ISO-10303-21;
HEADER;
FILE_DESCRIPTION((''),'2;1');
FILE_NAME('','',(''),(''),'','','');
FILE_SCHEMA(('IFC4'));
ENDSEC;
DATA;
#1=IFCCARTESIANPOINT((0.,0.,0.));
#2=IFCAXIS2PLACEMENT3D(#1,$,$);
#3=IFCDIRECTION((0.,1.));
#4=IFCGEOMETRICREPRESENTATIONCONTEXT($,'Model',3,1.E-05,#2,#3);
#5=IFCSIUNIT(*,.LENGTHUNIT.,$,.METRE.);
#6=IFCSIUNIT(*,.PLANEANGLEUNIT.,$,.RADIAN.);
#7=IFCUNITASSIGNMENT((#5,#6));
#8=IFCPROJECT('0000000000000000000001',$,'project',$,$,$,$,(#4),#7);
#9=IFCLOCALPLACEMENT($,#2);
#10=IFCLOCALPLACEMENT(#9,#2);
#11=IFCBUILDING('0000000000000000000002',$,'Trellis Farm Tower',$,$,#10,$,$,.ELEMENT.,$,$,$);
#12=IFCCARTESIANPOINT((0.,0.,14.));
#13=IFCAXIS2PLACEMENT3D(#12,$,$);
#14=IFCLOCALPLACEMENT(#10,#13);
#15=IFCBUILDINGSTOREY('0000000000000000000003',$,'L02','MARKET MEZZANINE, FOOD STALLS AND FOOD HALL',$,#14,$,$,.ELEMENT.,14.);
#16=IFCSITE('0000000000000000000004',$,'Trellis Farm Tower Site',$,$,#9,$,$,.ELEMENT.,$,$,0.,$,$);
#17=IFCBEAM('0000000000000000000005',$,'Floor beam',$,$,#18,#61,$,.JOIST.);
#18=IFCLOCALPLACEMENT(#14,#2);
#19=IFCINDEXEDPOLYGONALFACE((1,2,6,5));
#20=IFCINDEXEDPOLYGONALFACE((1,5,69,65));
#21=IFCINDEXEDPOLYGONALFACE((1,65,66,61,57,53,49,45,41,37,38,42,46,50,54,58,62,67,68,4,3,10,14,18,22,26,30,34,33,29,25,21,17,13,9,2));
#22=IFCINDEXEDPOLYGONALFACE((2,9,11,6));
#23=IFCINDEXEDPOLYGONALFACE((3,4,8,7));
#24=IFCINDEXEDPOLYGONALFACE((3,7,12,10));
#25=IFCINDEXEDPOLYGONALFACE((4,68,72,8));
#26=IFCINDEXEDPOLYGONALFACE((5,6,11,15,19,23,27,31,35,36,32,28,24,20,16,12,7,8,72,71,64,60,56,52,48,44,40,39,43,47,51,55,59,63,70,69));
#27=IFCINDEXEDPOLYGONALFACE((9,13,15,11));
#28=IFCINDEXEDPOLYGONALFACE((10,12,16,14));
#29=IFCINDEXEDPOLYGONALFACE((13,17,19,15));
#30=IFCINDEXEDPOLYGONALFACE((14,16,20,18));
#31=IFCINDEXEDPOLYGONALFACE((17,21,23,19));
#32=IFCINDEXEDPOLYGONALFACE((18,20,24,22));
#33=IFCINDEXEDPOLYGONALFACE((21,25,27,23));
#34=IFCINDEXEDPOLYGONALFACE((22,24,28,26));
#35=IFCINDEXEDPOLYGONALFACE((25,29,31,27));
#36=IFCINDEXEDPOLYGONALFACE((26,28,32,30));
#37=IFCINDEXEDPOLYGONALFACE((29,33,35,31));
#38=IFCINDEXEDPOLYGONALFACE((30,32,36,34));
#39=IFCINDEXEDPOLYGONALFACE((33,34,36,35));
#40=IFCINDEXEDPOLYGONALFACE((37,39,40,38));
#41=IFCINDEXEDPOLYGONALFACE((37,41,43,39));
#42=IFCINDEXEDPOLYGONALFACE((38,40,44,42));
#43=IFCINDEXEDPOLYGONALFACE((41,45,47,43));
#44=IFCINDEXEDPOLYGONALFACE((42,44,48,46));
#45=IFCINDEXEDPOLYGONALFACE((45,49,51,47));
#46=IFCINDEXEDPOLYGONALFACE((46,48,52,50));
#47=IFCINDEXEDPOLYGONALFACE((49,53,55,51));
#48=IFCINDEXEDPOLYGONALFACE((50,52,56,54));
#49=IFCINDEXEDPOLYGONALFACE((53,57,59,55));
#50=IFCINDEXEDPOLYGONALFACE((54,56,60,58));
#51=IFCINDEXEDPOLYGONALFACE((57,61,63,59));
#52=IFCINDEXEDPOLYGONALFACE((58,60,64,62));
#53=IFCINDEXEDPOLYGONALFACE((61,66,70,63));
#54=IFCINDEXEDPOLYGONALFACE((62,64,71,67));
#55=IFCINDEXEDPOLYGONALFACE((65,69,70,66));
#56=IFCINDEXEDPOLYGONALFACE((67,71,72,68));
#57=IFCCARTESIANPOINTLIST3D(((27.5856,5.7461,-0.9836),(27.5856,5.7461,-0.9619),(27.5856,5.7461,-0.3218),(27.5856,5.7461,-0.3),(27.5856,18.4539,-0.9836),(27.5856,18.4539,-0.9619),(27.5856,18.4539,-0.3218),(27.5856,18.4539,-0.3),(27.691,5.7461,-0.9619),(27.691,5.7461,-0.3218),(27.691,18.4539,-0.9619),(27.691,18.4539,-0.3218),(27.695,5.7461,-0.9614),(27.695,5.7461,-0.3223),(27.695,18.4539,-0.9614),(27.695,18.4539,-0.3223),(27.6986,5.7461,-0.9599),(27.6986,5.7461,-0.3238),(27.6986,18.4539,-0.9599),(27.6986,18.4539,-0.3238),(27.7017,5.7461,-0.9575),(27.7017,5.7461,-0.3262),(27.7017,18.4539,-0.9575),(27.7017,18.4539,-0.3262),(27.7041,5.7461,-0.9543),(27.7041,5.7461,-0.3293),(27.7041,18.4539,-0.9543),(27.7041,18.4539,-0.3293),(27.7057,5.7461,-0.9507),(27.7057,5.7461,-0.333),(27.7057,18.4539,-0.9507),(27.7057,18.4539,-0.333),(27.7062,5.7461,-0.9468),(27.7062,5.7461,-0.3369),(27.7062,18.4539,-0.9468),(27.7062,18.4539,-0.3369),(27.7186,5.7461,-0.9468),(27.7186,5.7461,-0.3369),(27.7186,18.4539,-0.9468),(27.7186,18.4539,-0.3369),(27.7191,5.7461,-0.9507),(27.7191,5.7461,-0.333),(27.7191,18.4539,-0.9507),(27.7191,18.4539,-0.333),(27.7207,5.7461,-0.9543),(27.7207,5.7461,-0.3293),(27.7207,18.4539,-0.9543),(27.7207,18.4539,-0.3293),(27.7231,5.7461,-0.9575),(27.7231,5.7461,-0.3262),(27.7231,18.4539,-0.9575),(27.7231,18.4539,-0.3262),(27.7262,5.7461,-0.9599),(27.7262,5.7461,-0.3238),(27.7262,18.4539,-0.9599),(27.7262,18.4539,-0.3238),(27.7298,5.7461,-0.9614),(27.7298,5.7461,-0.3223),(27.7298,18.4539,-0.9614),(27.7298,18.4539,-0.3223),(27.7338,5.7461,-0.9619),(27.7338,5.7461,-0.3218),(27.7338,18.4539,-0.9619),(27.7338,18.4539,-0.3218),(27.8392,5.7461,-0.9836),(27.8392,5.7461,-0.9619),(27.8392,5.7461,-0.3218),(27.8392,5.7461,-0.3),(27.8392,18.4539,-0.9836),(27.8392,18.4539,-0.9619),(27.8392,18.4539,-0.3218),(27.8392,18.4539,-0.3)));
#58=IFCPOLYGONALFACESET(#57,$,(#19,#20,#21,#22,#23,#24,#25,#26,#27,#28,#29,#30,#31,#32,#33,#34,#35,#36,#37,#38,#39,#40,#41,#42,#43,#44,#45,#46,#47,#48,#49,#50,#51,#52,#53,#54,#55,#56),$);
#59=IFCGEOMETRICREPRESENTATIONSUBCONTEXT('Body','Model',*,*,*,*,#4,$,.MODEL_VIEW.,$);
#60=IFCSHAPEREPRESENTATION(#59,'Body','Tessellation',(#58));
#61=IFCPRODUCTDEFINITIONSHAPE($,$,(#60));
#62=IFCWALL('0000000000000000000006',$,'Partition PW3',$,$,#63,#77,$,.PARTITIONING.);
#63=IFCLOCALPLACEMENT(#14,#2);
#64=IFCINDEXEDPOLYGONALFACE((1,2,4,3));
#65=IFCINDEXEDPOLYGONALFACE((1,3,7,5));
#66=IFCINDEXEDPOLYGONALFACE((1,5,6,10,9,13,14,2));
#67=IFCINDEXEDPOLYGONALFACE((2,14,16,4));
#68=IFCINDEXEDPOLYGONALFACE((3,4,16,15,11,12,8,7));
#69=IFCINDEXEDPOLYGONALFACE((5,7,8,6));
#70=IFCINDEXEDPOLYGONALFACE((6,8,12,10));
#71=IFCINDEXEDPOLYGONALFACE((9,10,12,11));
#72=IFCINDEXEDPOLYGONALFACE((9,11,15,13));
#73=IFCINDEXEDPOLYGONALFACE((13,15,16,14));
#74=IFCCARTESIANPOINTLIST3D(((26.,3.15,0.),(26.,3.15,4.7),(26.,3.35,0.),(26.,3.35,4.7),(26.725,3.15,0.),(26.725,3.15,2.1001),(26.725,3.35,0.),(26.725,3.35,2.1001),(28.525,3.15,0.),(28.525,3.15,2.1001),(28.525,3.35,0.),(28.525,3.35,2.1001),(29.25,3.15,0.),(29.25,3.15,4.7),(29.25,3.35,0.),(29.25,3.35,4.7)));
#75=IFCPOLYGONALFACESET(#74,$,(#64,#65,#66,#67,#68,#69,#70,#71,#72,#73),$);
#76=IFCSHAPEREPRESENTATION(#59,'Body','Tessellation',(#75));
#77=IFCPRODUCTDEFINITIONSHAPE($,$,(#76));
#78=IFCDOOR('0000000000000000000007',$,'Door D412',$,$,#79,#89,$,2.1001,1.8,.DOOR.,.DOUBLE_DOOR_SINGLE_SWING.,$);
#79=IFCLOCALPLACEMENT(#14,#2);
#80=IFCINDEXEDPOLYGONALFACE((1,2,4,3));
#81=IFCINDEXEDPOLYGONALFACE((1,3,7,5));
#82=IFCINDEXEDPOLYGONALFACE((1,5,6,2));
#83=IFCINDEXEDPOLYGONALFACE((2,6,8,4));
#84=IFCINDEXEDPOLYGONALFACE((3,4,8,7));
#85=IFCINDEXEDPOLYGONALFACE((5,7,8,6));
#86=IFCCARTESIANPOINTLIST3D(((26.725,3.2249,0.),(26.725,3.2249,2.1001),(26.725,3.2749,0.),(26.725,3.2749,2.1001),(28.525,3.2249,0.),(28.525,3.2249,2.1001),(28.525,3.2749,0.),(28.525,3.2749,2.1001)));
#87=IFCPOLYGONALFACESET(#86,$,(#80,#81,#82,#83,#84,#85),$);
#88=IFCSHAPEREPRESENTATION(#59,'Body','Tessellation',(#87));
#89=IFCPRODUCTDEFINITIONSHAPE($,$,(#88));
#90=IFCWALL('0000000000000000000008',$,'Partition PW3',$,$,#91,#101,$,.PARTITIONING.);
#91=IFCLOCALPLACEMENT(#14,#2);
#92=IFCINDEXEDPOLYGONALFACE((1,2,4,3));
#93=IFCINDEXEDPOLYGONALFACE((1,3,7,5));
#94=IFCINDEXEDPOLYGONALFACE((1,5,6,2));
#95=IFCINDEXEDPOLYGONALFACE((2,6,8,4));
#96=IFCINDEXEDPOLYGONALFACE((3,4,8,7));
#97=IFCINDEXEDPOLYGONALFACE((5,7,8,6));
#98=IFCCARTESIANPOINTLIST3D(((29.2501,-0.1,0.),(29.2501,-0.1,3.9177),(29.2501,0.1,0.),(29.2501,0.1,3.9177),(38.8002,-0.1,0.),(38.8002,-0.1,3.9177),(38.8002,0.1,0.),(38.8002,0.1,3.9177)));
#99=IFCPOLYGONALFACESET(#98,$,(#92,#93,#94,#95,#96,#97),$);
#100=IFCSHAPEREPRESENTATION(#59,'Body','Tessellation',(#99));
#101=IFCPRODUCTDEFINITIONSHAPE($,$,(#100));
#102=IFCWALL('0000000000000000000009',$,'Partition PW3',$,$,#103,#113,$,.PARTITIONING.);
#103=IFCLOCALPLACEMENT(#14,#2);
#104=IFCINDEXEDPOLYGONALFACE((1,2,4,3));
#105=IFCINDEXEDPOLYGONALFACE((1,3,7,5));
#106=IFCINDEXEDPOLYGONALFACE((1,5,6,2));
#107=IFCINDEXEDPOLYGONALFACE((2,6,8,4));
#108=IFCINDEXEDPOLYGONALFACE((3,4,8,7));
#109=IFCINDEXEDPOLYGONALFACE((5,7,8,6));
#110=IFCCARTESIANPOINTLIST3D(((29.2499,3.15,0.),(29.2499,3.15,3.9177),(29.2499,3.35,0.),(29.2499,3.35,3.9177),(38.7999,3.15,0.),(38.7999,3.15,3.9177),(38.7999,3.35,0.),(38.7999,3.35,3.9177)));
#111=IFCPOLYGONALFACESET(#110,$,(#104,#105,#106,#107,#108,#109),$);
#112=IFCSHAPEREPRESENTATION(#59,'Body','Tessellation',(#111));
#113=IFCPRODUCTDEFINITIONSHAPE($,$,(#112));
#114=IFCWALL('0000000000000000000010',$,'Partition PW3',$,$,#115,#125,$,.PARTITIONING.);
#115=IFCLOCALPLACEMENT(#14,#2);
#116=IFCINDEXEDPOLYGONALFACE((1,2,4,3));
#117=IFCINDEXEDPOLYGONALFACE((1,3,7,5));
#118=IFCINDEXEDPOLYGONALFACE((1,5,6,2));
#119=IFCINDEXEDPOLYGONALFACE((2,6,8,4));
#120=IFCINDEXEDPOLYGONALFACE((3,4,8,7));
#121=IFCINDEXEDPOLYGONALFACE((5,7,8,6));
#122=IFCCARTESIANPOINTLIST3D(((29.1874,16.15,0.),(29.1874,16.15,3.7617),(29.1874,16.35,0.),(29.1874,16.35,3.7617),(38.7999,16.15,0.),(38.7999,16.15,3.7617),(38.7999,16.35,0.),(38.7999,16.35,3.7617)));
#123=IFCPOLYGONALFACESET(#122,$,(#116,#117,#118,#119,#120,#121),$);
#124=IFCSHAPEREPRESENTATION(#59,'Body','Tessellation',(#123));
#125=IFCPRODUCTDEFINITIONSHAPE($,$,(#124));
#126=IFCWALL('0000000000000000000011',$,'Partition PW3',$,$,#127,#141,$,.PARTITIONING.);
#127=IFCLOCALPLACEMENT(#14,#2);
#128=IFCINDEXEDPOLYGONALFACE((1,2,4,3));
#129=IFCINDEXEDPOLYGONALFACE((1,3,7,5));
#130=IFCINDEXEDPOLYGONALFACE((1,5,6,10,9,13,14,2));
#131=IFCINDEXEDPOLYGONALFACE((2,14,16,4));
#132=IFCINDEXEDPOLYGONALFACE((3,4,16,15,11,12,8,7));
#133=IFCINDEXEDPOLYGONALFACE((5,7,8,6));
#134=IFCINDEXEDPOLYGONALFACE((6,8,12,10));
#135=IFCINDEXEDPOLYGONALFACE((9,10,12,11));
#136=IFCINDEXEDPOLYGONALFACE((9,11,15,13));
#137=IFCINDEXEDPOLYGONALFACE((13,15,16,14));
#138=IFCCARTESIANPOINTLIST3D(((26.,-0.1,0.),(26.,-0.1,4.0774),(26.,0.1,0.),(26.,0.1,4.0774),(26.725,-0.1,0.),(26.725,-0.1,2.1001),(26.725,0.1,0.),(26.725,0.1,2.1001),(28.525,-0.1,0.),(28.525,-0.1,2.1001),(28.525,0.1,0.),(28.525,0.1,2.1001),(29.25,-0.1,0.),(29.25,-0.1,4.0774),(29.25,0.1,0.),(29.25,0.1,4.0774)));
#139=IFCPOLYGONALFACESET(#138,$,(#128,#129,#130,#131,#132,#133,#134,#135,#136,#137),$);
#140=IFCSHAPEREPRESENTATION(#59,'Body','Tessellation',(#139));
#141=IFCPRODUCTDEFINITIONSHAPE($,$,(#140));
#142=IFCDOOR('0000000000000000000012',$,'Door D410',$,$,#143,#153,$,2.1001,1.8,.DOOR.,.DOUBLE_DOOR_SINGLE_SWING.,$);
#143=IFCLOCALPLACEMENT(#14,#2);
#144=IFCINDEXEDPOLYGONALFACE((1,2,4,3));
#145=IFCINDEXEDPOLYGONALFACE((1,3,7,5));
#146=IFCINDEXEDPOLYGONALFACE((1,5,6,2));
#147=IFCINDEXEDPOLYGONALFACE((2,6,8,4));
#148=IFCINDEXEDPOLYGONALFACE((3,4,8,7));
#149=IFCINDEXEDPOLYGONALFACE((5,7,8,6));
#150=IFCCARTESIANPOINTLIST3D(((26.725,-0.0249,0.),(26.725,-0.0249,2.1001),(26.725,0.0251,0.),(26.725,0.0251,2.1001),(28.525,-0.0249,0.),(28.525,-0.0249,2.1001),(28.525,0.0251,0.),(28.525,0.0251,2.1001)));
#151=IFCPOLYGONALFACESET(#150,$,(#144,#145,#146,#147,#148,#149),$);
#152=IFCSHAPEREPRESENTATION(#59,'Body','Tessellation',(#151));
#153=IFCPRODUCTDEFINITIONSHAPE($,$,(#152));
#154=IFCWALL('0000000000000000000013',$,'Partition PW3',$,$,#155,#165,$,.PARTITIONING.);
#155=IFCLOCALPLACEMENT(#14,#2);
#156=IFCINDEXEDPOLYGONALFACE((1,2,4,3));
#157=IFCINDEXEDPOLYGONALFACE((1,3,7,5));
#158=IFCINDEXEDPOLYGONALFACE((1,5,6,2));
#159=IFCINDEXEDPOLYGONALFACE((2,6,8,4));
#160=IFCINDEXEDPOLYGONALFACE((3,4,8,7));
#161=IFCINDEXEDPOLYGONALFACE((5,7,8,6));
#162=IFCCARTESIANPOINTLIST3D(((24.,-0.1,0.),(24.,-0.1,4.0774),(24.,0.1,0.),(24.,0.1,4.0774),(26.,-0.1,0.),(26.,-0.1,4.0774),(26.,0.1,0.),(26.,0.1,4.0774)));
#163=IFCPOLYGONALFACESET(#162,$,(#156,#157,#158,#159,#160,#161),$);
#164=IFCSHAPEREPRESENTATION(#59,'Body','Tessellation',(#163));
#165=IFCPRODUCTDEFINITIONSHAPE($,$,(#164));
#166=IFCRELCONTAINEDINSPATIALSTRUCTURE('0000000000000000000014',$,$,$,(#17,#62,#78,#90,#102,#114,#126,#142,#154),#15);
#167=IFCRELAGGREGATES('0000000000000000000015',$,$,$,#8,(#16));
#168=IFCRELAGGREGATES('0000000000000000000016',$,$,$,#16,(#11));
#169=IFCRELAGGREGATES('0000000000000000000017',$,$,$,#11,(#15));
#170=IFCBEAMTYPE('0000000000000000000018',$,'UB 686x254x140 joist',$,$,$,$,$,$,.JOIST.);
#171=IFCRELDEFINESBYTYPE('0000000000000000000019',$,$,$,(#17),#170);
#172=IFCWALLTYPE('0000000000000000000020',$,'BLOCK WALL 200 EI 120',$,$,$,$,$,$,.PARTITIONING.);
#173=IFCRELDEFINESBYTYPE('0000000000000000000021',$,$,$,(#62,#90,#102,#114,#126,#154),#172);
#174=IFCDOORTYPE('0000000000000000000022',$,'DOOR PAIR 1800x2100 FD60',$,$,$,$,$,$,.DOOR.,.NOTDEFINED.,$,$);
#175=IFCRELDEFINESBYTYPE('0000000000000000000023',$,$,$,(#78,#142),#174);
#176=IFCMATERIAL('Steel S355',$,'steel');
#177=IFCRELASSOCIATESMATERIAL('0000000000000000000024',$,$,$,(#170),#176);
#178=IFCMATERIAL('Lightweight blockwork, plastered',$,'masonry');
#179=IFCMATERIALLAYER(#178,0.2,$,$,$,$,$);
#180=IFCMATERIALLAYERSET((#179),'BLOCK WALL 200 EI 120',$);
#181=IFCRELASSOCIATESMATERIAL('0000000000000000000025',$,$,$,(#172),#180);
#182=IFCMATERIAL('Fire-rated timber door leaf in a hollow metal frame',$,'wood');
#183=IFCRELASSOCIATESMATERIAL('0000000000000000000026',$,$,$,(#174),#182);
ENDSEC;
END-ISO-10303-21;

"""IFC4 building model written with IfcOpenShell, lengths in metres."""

from ifc_helpers import new_model, si_unit, direction, frame, frame_2d, origin, origin_2d, place, context, subcontext, project, spatial, rectangle, i_section, extrude, source, transform, mapped, material, layer, layer_set, material_profile, profile_set, type_object, element, fill, save


model = new_model("IFC4")

# Units and contexts
model_context = context("Model", 3, precision=1e-05, world=origin(), true_north=direction((0.0, 1.0)))
body_context = subcontext(model_context, "Body", "Model", "MODEL_VIEW")
ifc_project = project(units=[si_unit("LENGTHUNIT", "METRE"), si_unit("PLANEANGLEUNIT", "RADIAN")], contexts=[model_context])

# Site, building, storey
site_placement = place(None, origin())
site = spatial("IfcSite", under=ifc_project, at=site_placement, Name="Trellis Farm Tower Site", CompositionType="ELEMENT", RefElevation=0.0)
building_placement = place(site_placement, origin())
building = spatial("IfcBuilding", under=site, at=building_placement, Name="Trellis Farm Tower", CompositionType="ELEMENT")
storey_placement = place(building_placement, frame((0.0, 0.0, 14.0)))
storey = spatial("IfcBuildingStorey", under=building, at=storey_placement, Name="L02", Description="MARKET MEZZANINE, FOOD STALLS AND FOOD HALL", CompositionType="ELEMENT", Elevation=14.0)

# Beam
ifc_material_1 = material(Name="Steel S355", Category="steel")
ifc_material_profile_1 = material_profile(ifc_material_1, i_section(OverallWidth=0.2537, OverallDepth=0.6836, WebThickness=0.0125, FlangeThickness=0.0217, FilletRadius=0.0151, at=origin_2d()), Name="UB 686x254x140")
ifc_profile_set_1 = profile_set([ifc_material_profile_1], Name="Steel S355")
beam_type_1 = type_object("IfcBeamType", Name="UB 686x254x140 joist", PredefinedType="JOIST", material=ifc_profile_set_1)
shared_shape_1 = source(origin(), body_context, "Body", "SweptSolid", [
    extrude(i_section(OverallWidth=0.2537, OverallDepth=0.6836, WebThickness=0.0125, FlangeThickness=0.0217, FilletRadius=0.0151, at=origin_2d()), origin(), (0.0, 0.0, 1.0), 12.7078),
])
beam_1_placement = place(storey_placement, frame((27.7124, 5.7461, -0.6418), z_axis=(0.0, 1.0, 0.0), x_axis=(-1.0, 0.0, 0.0)))
element("IfcBeam", 1, at=beam_1_placement, inside=storey, type_object=beam_type_1, Name="Floor beam", PredefinedType="JOIST", context=body_context, shape_type="MappedRepresentation", body=[
    mapped(shared_shape_1, transform((0.0, 0.0, 0.0))),
])

# Wall, opening, door
ifc_material_2 = material(Name="Lightweight blockwork, plastered", Category="masonry")
ifc_layer = layer(ifc_material_2, 0.2)
ifc_layer_set = layer_set([ifc_layer], Name="BLOCK WALL 200 EI 120")
wall_type = type_object("IfcWallType", Name="BLOCK WALL 200 EI 120", PredefinedType="PARTITIONING", material=ifc_layer_set)
shared_shape_2 = source(origin(), body_context, "Body", "SweptSolid", [
    extrude(rectangle(XDim=3.25, YDim=0.2, at=frame_2d((1.625, 0.0))), origin(), (0.0, 0.0, 1.0), 4.7),
])
wall_1_placement = place(storey_placement, frame((26.0, 3.25, 0.0), z_axis=(0.0, 0.0, 1.0), x_axis=(1.0, 0.0, 0.0)))
wall_1 = element("IfcWall", 2, at=wall_1_placement, inside=storey, type_object=wall_type, Name="Partition PW3", PredefinedType="PARTITIONING", context=body_context, shape_type="MappedRepresentation", body=[
    mapped(shared_shape_2, transform((0.0, 0.0, 0.0))),
])
shared_shape_3 = source(origin(), body_context, "Body", "SweptSolid", [
    extrude(rectangle(XDim=1.8, YDim=2.1001, at=frame_2d((0.8999, 1.05))), frame((0.0, 0.1101, 0.0), z_axis=(0.0, -1.0, 0.0), x_axis=(1.0, 0.0, 0.0)), (0.0, 0.0, 1.0), 0.2202),
])
opening_1_placement = place(wall_1_placement, frame((0.7251, 0.0, 0.0)))
opening_1 = element("IfcOpeningElement", 3, at=opening_1_placement, cuts=wall_1, PredefinedType="OPENING", context=body_context, shape_type="MappedRepresentation", body=[
    mapped(shared_shape_3, transform((0.0, 0.0, 0.0))),
])
ifc_material_3 = material(Name="Fire-rated timber door leaf in a hollow metal frame", Category="wood")
door_type = type_object("IfcDoorType", Name="DOOR PAIR 1800x2100 FD60", OperationType="NOTDEFINED", PredefinedType="DOOR", material=ifc_material_3)
shared_shape_4 = source(origin(), body_context, "Body", "SweptSolid", [
    extrude(rectangle(XDim=1.8, YDim=2.1001, at=frame_2d((0.8999, 1.05))), frame((0.0, 0.0249, 0.0), z_axis=(0.0, -1.0, 0.0), x_axis=(1.0, 0.0, 0.0)), (0.0, 0.0, 1.0), 0.05),
])
door_1_placement = place(opening_1_placement, origin())
door_1 = element("IfcDoor", 4, at=door_1_placement, inside=storey, type_object=door_type, Name="Door D412", OperationType="DOUBLE_DOOR_SINGLE_SWING", OverallHeight=2.1001, OverallWidth=1.8, PredefinedType="DOOR", context=body_context, shape_type="MappedRepresentation", body=[
    mapped(shared_shape_4, transform((0.0, 0.0, 0.0))),
])
fill(opening_1, door_1)

# Walls
shared_shape_5 = source(origin(), body_context, "Body", "SweptSolid", [
    extrude(rectangle(XDim=9.55, YDim=0.2, at=frame_2d((4.7749, 0.0))), origin(), (0.0, 0.0, 1.0), 3.9177),
])
for number, where, z_axis, x_axis, name in (
    (5, (38.8, 0.0, 0.0), (0.0, 0.0, 1.0), (-1.0, 0.0, 0.0), "Partition PW3"),
    (6, (29.25, 3.25, 0.0), (0.0, 0.0, 1.0), (1.0, 0.0, 0.0), "Partition PW3"),
):
    element("IfcWall", number, at=place(storey_placement, frame(where, z_axis=z_axis, x_axis=x_axis)), inside=storey, type_object=wall_type, Name=name, PredefinedType="PARTITIONING", context=body_context, shape_type="MappedRepresentation", body=[
        mapped(shared_shape_5, transform((0.0, 0.0, 0.0))),
    ])
shared_shape_6 = source(origin(), body_context, "Body", "SweptSolid", [
    extrude(rectangle(XDim=9.6125, YDim=0.2, at=frame_2d((4.8062, 0.0))), origin(), (0.0, 0.0, 1.0), 3.7617),
])
wall_2_placement = place(storey_placement, frame((29.1875, 16.25, 0.0), z_axis=(0.0, 0.0, 1.0), x_axis=(1.0, 0.0, 0.0)))
element("IfcWall", 7, at=wall_2_placement, inside=storey, type_object=wall_type, Name="Partition PW3", PredefinedType="PARTITIONING", context=body_context, shape_type="MappedRepresentation", body=[
    mapped(shared_shape_6, transform((0.0, 0.0, 0.0))),
])

# Wall, opening, door
shared_shape_7 = source(origin(), body_context, "Body", "SweptSolid", [
    extrude(rectangle(XDim=3.25, YDim=0.2, at=frame_2d((1.625, 0.0))), origin(), (0.0, 0.0, 1.0), 4.0774),
])
wall_3_placement = place(storey_placement, frame((29.25, 0.0, 0.0), z_axis=(0.0, 0.0, 1.0), x_axis=(-1.0, 0.0, 0.0)))
wall_3 = element("IfcWall", 8, at=wall_3_placement, inside=storey, type_object=wall_type, Name="Partition PW3", PredefinedType="PARTITIONING", context=body_context, shape_type="MappedRepresentation", body=[
    mapped(shared_shape_7, transform((0.0, 0.0, 0.0))),
])
opening_2_placement = place(wall_3_placement, frame((0.7251, 0.0, 0.0)))
opening_2 = element("IfcOpeningElement", 9, at=opening_2_placement, cuts=wall_3, PredefinedType="OPENING", context=body_context, shape_type="MappedRepresentation", body=[
    mapped(shared_shape_3, transform((0.0, 0.0, 0.0))),
])
door_2_placement = place(opening_2_placement, origin())
door_2 = element("IfcDoor", 10, at=door_2_placement, inside=storey, type_object=door_type, Name="Door D410", OperationType="DOUBLE_DOOR_SINGLE_SWING", OverallHeight=2.1001, OverallWidth=1.8, PredefinedType="DOOR", context=body_context, shape_type="MappedRepresentation", body=[
    mapped(shared_shape_4, transform((0.0, 0.0, 0.0))),
])
fill(opening_2, door_2)

# Wall
shared_shape_8 = source(origin(), body_context, "Body", "SweptSolid", [
    extrude(rectangle(XDim=2.0, YDim=0.2, at=frame_2d((1.0, 0.0))), origin(), (0.0, 0.0, 1.0), 4.0774),
])
wall_4_placement = place(storey_placement, frame((26.0, 0.0, 0.0), z_axis=(0.0, 0.0, 1.0), x_axis=(-1.0, 0.0, 0.0)))
element("IfcWall", 11, at=wall_4_placement, inside=storey, type_object=wall_type, Name="Partition PW3", PredefinedType="PARTITIONING", context=body_context, shape_type="MappedRepresentation", body=[
    mapped(shared_shape_8, transform((0.0, 0.0, 0.0))),
])

save(model, "model.ifc")
